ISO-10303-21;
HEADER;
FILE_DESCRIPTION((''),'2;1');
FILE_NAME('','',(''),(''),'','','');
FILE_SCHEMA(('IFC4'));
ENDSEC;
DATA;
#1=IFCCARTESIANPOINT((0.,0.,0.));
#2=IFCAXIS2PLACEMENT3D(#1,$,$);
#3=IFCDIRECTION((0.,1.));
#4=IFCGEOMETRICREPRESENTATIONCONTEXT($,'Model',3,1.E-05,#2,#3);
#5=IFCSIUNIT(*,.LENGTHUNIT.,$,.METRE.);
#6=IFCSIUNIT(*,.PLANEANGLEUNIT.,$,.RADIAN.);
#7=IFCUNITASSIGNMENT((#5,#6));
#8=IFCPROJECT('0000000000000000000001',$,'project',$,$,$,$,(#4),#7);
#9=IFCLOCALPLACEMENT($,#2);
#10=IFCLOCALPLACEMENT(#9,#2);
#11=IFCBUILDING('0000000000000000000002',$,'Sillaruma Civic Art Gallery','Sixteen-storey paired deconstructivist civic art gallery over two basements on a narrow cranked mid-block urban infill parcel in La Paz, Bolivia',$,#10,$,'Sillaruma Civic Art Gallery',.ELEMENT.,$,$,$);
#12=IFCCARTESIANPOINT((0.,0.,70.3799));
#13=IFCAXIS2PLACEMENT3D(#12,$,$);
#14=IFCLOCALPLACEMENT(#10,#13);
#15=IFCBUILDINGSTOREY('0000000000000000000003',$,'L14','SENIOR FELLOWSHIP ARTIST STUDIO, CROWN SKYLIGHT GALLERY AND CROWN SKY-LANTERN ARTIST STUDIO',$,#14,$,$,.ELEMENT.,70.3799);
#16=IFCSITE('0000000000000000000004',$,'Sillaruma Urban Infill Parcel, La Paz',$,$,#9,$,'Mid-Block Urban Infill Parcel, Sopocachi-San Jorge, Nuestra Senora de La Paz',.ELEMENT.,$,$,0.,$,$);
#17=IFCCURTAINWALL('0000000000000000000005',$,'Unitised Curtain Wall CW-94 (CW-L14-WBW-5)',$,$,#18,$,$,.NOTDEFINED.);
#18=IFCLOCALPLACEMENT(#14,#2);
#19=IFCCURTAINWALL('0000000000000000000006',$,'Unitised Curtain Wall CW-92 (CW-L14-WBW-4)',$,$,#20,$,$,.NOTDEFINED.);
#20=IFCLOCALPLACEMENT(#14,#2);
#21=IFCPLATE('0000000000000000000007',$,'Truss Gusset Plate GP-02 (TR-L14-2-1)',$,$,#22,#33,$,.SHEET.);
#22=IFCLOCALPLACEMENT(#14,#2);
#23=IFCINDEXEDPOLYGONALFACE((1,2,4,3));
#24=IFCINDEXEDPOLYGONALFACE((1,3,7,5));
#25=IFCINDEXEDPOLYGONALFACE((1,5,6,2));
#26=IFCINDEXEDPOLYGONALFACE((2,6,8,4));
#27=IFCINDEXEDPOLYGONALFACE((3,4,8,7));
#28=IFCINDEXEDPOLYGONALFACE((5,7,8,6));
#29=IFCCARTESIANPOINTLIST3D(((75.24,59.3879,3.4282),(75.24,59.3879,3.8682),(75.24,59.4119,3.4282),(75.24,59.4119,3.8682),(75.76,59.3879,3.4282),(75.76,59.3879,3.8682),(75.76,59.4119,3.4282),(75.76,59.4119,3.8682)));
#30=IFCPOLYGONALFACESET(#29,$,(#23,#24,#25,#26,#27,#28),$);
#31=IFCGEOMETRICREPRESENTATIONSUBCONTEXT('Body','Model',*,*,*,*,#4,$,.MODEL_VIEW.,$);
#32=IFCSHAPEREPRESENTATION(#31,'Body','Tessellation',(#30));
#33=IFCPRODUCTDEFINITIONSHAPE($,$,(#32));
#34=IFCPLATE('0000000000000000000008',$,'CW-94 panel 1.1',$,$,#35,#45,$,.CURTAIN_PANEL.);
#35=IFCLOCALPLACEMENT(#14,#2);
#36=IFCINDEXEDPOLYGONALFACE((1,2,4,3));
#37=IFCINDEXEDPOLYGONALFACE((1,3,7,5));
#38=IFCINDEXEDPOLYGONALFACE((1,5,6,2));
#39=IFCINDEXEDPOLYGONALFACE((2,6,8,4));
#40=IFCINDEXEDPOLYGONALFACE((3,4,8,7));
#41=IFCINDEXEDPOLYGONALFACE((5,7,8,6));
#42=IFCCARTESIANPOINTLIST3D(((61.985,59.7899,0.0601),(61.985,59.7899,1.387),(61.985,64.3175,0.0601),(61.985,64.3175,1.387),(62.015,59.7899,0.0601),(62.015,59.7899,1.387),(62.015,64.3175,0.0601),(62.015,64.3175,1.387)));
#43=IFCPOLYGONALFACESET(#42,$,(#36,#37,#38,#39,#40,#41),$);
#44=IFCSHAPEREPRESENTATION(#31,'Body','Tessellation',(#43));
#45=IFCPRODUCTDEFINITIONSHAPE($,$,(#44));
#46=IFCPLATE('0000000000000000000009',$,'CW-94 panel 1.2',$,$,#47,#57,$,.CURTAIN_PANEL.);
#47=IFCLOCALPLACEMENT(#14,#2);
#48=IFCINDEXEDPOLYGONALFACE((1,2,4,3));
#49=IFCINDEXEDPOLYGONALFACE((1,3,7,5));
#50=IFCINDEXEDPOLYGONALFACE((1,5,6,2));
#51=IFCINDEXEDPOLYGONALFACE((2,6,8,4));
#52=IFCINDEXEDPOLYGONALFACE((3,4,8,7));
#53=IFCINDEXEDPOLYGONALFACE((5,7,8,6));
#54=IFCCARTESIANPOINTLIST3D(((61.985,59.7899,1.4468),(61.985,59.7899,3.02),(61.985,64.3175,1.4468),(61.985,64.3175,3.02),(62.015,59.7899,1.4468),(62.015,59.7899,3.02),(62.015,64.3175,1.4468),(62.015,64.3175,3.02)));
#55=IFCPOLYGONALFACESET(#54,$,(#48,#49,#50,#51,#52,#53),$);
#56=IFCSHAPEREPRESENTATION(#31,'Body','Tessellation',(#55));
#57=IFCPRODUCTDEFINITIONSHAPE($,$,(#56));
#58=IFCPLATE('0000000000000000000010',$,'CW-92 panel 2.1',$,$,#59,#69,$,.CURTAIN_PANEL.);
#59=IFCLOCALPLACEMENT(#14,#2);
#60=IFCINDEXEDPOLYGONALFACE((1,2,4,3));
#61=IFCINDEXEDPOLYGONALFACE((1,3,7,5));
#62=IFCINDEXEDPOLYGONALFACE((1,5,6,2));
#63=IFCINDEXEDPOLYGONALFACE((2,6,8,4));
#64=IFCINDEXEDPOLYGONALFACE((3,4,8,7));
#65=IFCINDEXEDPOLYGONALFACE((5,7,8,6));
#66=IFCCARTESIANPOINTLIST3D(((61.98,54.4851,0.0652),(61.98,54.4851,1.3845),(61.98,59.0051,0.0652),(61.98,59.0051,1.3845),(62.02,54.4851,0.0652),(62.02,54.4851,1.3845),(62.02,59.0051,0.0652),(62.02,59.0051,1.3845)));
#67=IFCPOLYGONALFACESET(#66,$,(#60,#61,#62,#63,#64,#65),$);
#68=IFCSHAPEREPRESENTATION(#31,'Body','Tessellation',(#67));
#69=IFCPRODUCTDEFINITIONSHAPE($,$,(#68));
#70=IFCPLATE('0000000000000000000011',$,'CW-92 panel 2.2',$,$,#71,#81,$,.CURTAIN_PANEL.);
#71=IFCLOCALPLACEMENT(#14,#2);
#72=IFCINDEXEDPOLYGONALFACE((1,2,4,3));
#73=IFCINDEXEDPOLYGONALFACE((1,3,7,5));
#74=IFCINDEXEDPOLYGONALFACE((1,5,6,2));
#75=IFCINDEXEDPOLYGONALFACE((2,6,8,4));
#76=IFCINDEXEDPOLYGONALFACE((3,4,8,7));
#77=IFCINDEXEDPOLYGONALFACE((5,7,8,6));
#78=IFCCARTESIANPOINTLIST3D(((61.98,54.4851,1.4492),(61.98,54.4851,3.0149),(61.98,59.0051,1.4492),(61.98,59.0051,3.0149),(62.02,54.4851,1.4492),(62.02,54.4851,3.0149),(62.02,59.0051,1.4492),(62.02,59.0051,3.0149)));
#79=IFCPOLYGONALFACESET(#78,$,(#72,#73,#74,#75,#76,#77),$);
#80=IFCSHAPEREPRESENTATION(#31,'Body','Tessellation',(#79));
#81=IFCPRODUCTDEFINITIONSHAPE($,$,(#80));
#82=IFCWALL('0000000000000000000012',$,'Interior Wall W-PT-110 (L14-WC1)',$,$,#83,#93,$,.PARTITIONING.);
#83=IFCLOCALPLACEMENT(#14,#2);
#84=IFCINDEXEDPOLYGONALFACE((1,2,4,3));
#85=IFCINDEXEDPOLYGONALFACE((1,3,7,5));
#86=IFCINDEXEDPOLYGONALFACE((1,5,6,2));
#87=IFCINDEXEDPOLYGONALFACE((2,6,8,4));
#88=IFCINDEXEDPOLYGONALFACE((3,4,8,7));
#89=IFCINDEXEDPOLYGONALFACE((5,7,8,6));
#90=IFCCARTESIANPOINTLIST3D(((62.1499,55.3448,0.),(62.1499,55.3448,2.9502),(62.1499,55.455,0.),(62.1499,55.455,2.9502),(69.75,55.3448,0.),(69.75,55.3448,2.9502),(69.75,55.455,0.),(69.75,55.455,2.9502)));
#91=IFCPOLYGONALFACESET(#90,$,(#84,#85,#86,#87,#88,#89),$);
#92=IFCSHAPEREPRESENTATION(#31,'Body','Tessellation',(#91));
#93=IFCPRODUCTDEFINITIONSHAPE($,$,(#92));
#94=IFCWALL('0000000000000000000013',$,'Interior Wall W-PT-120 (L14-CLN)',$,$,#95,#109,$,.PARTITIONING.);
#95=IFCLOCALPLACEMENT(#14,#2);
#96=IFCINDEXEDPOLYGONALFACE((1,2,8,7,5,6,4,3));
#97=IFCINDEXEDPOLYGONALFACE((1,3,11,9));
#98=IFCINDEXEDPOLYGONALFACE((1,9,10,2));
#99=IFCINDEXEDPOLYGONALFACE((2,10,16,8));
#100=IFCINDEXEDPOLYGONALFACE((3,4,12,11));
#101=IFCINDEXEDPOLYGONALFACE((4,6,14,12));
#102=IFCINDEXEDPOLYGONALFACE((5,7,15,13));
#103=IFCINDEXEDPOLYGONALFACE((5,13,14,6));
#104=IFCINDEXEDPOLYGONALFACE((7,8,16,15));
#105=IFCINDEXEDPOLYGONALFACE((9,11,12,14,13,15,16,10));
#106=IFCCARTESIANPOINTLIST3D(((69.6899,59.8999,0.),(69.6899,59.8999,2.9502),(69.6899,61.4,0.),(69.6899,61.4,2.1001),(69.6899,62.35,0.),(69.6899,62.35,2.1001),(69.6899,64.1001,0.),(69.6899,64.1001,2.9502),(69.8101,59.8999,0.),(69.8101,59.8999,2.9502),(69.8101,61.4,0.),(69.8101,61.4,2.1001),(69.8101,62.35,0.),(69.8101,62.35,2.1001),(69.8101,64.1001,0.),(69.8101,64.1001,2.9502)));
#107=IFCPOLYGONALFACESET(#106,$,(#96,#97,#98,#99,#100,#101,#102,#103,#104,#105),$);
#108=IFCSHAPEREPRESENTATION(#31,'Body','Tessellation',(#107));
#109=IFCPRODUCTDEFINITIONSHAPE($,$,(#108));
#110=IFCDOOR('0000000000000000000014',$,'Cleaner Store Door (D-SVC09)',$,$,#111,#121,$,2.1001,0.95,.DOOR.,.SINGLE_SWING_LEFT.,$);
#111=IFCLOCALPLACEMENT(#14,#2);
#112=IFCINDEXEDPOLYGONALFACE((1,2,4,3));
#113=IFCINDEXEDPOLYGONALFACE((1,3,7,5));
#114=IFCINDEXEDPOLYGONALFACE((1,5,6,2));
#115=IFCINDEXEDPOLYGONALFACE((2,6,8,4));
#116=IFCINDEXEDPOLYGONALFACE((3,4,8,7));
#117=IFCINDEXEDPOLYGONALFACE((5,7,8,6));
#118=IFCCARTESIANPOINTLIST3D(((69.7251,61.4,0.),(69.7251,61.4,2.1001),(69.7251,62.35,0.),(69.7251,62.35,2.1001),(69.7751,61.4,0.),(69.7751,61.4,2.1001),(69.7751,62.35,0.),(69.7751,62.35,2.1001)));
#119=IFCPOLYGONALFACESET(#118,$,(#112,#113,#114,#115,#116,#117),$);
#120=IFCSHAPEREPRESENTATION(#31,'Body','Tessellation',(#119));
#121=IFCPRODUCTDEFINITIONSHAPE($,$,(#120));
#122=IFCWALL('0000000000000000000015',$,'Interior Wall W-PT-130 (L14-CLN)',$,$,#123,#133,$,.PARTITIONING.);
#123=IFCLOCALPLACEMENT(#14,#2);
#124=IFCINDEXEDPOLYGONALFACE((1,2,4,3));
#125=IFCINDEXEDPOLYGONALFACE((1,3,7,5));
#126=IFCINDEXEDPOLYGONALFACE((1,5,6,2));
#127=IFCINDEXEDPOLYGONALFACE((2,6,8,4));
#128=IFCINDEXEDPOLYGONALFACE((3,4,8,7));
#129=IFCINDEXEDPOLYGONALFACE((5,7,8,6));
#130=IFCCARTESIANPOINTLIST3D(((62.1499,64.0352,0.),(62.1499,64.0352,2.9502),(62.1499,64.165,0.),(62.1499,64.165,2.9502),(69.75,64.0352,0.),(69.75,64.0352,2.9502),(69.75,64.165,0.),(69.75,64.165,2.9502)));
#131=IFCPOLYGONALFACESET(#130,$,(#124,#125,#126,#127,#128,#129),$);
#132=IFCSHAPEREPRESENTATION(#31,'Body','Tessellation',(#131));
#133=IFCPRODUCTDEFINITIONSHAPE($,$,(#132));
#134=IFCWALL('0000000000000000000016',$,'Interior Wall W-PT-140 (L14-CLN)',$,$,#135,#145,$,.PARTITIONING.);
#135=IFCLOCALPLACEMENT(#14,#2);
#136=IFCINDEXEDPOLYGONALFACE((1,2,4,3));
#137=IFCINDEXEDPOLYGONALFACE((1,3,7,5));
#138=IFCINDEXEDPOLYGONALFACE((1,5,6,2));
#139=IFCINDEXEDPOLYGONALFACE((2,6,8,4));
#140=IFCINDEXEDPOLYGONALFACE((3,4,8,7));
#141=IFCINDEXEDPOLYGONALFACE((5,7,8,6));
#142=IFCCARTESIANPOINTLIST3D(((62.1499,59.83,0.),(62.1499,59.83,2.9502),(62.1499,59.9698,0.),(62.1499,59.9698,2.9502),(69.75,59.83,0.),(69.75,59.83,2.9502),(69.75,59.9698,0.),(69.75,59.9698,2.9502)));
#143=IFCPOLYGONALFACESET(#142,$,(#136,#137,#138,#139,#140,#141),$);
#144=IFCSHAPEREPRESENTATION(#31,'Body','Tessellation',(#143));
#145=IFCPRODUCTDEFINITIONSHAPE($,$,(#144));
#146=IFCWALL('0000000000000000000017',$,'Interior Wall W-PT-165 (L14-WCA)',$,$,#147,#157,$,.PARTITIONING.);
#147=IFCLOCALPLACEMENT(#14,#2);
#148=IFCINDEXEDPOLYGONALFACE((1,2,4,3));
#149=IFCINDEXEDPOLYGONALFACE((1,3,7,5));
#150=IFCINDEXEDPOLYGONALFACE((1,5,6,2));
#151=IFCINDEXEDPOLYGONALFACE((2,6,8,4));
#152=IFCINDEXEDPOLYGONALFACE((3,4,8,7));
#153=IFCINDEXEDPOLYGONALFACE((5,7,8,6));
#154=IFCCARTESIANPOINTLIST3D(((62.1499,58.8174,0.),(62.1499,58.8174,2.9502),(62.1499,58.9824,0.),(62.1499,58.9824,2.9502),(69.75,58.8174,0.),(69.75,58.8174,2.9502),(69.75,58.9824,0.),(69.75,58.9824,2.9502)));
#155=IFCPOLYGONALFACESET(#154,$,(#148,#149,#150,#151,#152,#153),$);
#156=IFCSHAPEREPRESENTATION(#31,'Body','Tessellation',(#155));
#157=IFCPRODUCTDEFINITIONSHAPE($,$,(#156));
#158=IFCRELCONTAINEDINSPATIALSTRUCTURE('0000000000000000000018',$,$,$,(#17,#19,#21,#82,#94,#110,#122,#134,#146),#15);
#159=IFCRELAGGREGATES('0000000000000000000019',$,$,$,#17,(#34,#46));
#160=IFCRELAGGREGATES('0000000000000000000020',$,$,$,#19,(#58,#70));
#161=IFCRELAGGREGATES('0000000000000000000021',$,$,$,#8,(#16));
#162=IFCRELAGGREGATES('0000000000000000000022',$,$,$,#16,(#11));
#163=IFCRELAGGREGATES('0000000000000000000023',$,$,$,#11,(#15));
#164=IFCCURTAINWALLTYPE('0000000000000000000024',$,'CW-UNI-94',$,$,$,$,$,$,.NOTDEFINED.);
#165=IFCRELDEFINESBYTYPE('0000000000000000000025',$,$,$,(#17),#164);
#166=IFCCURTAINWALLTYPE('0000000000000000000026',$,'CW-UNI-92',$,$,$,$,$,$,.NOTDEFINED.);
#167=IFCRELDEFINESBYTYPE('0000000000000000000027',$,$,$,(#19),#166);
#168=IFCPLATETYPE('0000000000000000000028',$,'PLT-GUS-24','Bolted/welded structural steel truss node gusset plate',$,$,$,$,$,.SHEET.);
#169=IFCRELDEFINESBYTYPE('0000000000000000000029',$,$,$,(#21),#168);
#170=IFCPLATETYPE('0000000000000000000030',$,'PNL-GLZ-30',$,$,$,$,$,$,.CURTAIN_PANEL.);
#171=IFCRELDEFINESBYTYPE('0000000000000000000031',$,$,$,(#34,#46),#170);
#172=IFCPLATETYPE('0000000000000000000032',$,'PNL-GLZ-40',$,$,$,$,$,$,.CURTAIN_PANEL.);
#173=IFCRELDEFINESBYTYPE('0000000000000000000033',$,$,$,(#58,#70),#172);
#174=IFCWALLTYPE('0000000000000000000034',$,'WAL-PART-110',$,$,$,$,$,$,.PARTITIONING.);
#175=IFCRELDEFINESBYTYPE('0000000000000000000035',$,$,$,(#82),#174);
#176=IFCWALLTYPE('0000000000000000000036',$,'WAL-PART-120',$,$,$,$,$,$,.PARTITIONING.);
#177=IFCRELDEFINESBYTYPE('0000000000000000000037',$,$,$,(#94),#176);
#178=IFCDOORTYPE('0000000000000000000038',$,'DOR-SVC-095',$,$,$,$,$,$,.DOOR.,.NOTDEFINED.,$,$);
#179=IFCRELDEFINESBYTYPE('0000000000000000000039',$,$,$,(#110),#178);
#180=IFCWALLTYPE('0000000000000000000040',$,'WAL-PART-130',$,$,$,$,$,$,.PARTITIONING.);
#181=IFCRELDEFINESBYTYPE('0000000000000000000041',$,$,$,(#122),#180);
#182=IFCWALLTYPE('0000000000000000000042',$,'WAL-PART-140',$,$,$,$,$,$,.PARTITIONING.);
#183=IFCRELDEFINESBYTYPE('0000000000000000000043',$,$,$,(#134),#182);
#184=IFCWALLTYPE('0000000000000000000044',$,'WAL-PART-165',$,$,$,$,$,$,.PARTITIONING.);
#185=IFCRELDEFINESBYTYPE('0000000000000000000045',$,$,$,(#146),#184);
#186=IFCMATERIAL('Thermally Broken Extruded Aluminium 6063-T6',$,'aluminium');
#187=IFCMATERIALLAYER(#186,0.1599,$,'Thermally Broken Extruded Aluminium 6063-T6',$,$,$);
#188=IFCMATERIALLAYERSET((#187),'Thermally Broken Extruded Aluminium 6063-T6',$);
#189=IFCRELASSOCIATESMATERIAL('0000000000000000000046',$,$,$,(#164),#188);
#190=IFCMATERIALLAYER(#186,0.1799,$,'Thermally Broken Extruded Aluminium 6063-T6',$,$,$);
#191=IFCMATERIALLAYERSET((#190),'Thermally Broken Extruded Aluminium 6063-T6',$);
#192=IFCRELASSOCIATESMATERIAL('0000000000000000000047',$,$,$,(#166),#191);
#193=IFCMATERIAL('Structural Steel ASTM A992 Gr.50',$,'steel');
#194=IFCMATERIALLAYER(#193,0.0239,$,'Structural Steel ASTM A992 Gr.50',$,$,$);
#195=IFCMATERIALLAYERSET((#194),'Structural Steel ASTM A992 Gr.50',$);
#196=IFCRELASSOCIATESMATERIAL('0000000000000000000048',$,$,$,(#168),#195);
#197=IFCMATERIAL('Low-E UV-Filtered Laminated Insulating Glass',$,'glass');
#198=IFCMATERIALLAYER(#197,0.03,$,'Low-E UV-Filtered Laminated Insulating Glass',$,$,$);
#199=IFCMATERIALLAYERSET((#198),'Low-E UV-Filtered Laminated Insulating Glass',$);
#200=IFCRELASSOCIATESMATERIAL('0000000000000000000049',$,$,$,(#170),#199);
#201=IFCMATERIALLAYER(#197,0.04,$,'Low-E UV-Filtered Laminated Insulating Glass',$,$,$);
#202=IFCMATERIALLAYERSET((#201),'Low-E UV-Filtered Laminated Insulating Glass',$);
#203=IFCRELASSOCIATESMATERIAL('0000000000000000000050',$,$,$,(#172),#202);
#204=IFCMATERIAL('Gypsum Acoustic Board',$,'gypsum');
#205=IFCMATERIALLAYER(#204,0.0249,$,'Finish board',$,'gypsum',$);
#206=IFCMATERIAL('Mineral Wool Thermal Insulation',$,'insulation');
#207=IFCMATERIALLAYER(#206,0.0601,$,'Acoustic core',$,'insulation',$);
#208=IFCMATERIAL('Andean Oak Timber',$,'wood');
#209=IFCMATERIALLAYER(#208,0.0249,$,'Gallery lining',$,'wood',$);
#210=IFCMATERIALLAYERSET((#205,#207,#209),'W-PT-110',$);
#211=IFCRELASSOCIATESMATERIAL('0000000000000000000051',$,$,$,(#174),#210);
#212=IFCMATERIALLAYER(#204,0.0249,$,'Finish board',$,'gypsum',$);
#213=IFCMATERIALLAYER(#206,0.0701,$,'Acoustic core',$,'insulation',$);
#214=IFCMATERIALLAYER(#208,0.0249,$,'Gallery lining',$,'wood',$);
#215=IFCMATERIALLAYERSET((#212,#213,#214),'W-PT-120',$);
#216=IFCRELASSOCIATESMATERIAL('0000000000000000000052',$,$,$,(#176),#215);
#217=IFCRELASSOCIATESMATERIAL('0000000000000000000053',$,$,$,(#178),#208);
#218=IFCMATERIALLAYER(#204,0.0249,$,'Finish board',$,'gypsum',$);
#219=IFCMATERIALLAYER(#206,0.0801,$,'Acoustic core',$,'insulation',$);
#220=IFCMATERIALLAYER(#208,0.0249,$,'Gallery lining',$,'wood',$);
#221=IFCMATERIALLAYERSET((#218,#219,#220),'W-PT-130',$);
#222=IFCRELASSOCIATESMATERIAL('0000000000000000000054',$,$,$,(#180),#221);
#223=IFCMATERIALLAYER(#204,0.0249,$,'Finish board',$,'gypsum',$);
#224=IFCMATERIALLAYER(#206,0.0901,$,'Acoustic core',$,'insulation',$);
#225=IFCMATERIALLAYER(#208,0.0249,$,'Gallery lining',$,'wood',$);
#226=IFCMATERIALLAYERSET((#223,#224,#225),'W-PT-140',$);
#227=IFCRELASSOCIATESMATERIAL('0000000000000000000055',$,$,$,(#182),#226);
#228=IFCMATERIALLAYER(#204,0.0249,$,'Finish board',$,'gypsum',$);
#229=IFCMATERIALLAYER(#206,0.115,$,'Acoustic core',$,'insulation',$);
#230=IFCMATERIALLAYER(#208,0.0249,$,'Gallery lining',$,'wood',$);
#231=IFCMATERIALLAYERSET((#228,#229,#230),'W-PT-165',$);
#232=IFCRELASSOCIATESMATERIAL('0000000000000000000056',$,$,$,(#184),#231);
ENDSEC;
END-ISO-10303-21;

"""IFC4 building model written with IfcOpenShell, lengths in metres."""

from ifc_helpers import new_model, si_unit, direction, frame, frame_2d, origin, origin_2d, place, context, subcontext, project, spatial, rectangle, extrude, material, layer, layer_set, type_object, element, fill, aggregate, save


model = new_model("IFC4")

# Units and contexts
model_context = context("Model", 3, precision=1e-05, world=origin(), true_north=direction((0.0, 1.0)))
body_context = subcontext(model_context, "Body", "Model", "MODEL_VIEW")
ifc_project = project(units=[si_unit("LENGTHUNIT", "METRE"), si_unit("PLANEANGLEUNIT", "RADIAN")], contexts=[model_context])

# Site, building, storey
site_placement = place(None, origin())
site = spatial("IfcSite", under=ifc_project, at=site_placement, Name="Sillaruma Urban Infill Parcel, La Paz", LongName="Mid-Block Urban Infill Parcel, Sopocachi-San Jorge, Nuestra Senora de La Paz", CompositionType="ELEMENT", RefElevation=0.0)
building_placement = place(site_placement, origin())
building = spatial("IfcBuilding", under=site, at=building_placement, Name="Sillaruma Civic Art Gallery", Description="Sixteen-storey paired deconstructivist civic art gallery over two basements on a narrow cranked mid-block urban infill parcel in La Paz, Bolivia", LongName="Sillaruma Civic Art Gallery", CompositionType="ELEMENT")
storey_placement = place(building_placement, frame((0.0, 0.0, 70.3799)))
storey = spatial("IfcBuildingStorey", under=building, at=storey_placement, Name="L14", Description="SENIOR FELLOWSHIP ARTIST STUDIO, CROWN SKYLIGHT GALLERY AND CROWN SKY-LANTERN ARTIST STUDIO", CompositionType="ELEMENT", Elevation=70.3799)

# Shared definitions
ifc_material_1 = material(Name="Structural Steel ASTM A992 Gr.50", Category="steel")

# Curtain wall
ifc_material_2 = material(Name="Thermally Broken Extruded Aluminium 6063-T6", Category="aluminium")
ifc_layer_1 = layer(ifc_material_2, 0.1599, Name="Thermally Broken Extruded Aluminium 6063-T6")
ifc_layer_set_1 = layer_set([ifc_layer_1], Name="Thermally Broken Extruded Aluminium 6063-T6")
curtain_wall_type_1 = type_object("IfcCurtainWallType", Name="CW-UNI-94", PredefinedType="NOTDEFINED", material=ifc_layer_set_1)
curtain_wall_1_placement = place(storey_placement, origin())
curtain_wall_1 = element("IfcCurtainWall", 1, at=curtain_wall_1_placement, inside=storey, type_object=curtain_wall_type_1, Name="Unitised Curtain Wall CW-94 (CW-L14-WBW-5)", PredefinedType="NOTDEFINED")

# Curtain wall
ifc_layer_2 = layer(ifc_material_2, 0.1799, Name="Thermally Broken Extruded Aluminium 6063-T6")
ifc_layer_set_2 = layer_set([ifc_layer_2], Name="Thermally Broken Extruded Aluminium 6063-T6")
curtain_wall_type_2 = type_object("IfcCurtainWallType", Name="CW-UNI-92", PredefinedType="NOTDEFINED", material=ifc_layer_set_2)
curtain_wall_2_placement = place(storey_placement, origin())
curtain_wall_2 = element("IfcCurtainWall", 2, at=curtain_wall_2_placement, inside=storey, type_object=curtain_wall_type_2, Name="Unitised Curtain Wall CW-92 (CW-L14-WBW-4)", PredefinedType="NOTDEFINED")

# Plates
ifc_layer_3 = layer(ifc_material_1, 0.0239, Name="Structural Steel ASTM A992 Gr.50")
ifc_layer_set_3 = layer_set([ifc_layer_3], Name="Structural Steel ASTM A992 Gr.50")
plate_type_1 = type_object("IfcPlateType", Name="PLT-GUS-24", Description="Bolted/welded structural steel truss node gusset plate", PredefinedType="SHEET", material=ifc_layer_set_3)
plate_1_placement = place(storey_placement, frame((75.5, 59.3999, 3.4282), z_axis=(0.0, 0.0, 1.0), x_axis=(1.0, 0.0, 0.0)))
element("IfcPlate", 3, at=plate_1_placement, inside=storey, type_object=plate_type_1, Name="Truss Gusset Plate GP-02 (TR-L14-2-1)", PredefinedType="SHEET", context=body_context, shape_type="SweptSolid", body=[
    extrude(rectangle(XDim=0.52, YDim=0.0239, at=origin_2d()), origin(), (0.0, 0.0, 1.0), 0.4399),
])
ifc_material_3 = material(Name="Low-E UV-Filtered Laminated Insulating Glass", Category="glass")
ifc_layer_4 = layer(ifc_material_3, 0.03, Name="Low-E UV-Filtered Laminated Insulating Glass")
ifc_layer_set_4 = layer_set([ifc_layer_4], Name="Low-E UV-Filtered Laminated Insulating Glass")
plate_type_2 = type_object("IfcPlateType", Name="PNL-GLZ-30", PredefinedType="CURTAIN_PANEL", material=ifc_layer_set_4)
plate_2_placement = place(storey_placement, frame((62.0, 62.0537, 0.0601), z_axis=(0.0, 0.0, 1.0), x_axis=(0.0, 1.0, 0.0)))
plate_2 = element("IfcPlate", 4, at=plate_2_placement, type_object=plate_type_2, Name="CW-94 panel 1.1", PredefinedType="CURTAIN_PANEL", context=body_context, shape_type="SweptSolid", body=[
    extrude(rectangle(XDim=4.5276, YDim=0.03, at=origin_2d()), origin(), (0.0, 0.0, 1.0), 1.3269),
])
plate_3_placement = place(storey_placement, frame((62.0, 62.0537, 1.4468), z_axis=(0.0, 0.0, 1.0), x_axis=(0.0, 1.0, 0.0)))
plate_3 = element("IfcPlate", 5, at=plate_3_placement, type_object=plate_type_2, Name="CW-94 panel 1.2", PredefinedType="CURTAIN_PANEL", context=body_context, shape_type="SweptSolid", body=[
    extrude(rectangle(XDim=4.5276, YDim=0.03, at=origin_2d()), origin(), (0.0, 0.0, 1.0), 1.5732),
])
aggregate(curtain_wall_1, [plate_2, plate_3])
ifc_layer_5 = layer(ifc_material_3, 0.04, Name="Low-E UV-Filtered Laminated Insulating Glass")
ifc_layer_set_5 = layer_set([ifc_layer_5], Name="Low-E UV-Filtered Laminated Insulating Glass")
plate_type_3 = type_object("IfcPlateType", Name="PNL-GLZ-40", PredefinedType="CURTAIN_PANEL", material=ifc_layer_set_5)
plate_4_placement = place(storey_placement, frame((62.0, 56.7451, 0.0652), z_axis=(0.0, 0.0, 1.0), x_axis=(0.0, 1.0, 0.0)))
plate_4 = element("IfcPlate", 6, at=plate_4_placement, type_object=plate_type_3, Name="CW-92 panel 2.1", PredefinedType="CURTAIN_PANEL", context=body_context, shape_type="SweptSolid", body=[
    extrude(rectangle(XDim=4.52, YDim=0.04, at=origin_2d()), origin(), (0.0, 0.0, 1.0), 1.3193),
])
plate_5_placement = place(storey_placement, frame((62.0, 56.7451, 1.4492), z_axis=(0.0, 0.0, 1.0), x_axis=(0.0, 1.0, 0.0)))
plate_5 = element("IfcPlate", 7, at=plate_5_placement, type_object=plate_type_3, Name="CW-92 panel 2.2", PredefinedType="CURTAIN_PANEL", context=body_context, shape_type="SweptSolid", body=[
    extrude(rectangle(XDim=4.52, YDim=0.04, at=origin_2d()), origin(), (0.0, 0.0, 1.0), 1.5657),
])
aggregate(curtain_wall_2, [plate_4, plate_5])

# Wall
ifc_material_4 = material(Name="Gypsum Acoustic Board", Category="gypsum")
ifc_layer_6 = layer(ifc_material_4, 0.0249, Name="Finish board", Category="gypsum")
ifc_material_5 = material(Name="Mineral Wool Thermal Insulation", Category="insulation")
ifc_layer_7 = layer(ifc_material_5, 0.0601, Name="Acoustic core", Category="insulation")
ifc_material_6 = material(Name="Andean Oak Timber", Category="wood")
ifc_layer_8 = layer(ifc_material_6, 0.0249, Name="Gallery lining", Category="wood")
ifc_layer_set_6 = layer_set([ifc_layer_6, ifc_layer_7, ifc_layer_8], Name="W-PT-110")
wall_type_1 = type_object("IfcWallType", Name="WAL-PART-110", PredefinedType="PARTITIONING", material=ifc_layer_set_6)
wall_1_placement = place(storey_placement, frame((62.1499, 55.3999, 0.0), z_axis=(0.0, 0.0, 1.0), x_axis=(1.0, 0.0, 0.0)))
element("IfcWall", 8, at=wall_1_placement, inside=storey, type_object=wall_type_1, Name="Interior Wall W-PT-110 (L14-WC1)", PredefinedType="PARTITIONING", context=body_context, shape_type="SweptSolid", body=[
    extrude(rectangle(XDim=7.6001, YDim=0.1101, at=frame_2d((3.8, 0.0))), origin(), (0.0, 0.0, 1.0), 2.9502),
])

# Wall, opening, door
ifc_layer_9 = layer(ifc_material_4, 0.0249, Name="Finish board", Category="gypsum")
ifc_layer_10 = layer(ifc_material_5, 0.0701, Name="Acoustic core", Category="insulation")
ifc_layer_11 = layer(ifc_material_6, 0.0249, Name="Gallery lining", Category="wood")
ifc_layer_set_7 = layer_set([ifc_layer_9, ifc_layer_10, ifc_layer_11], Name="W-PT-120")
wall_type_2 = type_object("IfcWallType", Name="WAL-PART-120", PredefinedType="PARTITIONING", material=ifc_layer_set_7)
wall_2_placement = place(storey_placement, frame((69.75, 59.8999, 0.0), z_axis=(0.0, 0.0, 1.0), x_axis=(0.0, 1.0, 0.0)))
wall_2 = element("IfcWall", 9, at=wall_2_placement, inside=storey, type_object=wall_type_2, Name="Interior Wall W-PT-120 (L14-CLN)", PredefinedType="PARTITIONING", context=body_context, shape_type="SweptSolid", body=[
    extrude(rectangle(XDim=4.2002, YDim=0.1201, at=frame_2d((2.1001, 0.0))), origin(), (0.0, 0.0, 1.0), 2.9502),
])
opening_1_placement = place(wall_2_placement, frame((1.5, 0.0, 0.0)))
opening_1 = element("IfcOpeningElement", 10, at=opening_1_placement, cuts=wall_2, PredefinedType="OPENING", context=body_context, shape_type="SweptSolid", body=[
    extrude(rectangle(XDim=0.95, YDim=2.1001, at=frame_2d((0.4751, 1.05))), frame((0.0, 0.0701, 0.0), z_axis=(0.0, -1.0, 0.0), x_axis=(1.0, 0.0, 0.0)), (0.0, 0.0, 1.0), 0.1401),
])
door_type_1 = type_object("IfcDoorType", Name="DOR-SVC-095", OperationType="NOTDEFINED", PredefinedType="DOOR", material=ifc_material_6)
door_1_placement = place(opening_1_placement, origin())
door_1 = element("IfcDoor", 11, at=door_1_placement, inside=storey, type_object=door_type_1, Name="Cleaner Store Door (D-SVC09)", OperationType="SINGLE_SWING_LEFT", OverallHeight=2.1001, OverallWidth=0.95, PredefinedType="DOOR", context=body_context, shape_type="SweptSolid", body=[
    extrude(rectangle(XDim=0.95, YDim=2.1001, at=frame_2d((0.4751, 1.05))), frame((0.0, 0.0249, 0.0), z_axis=(0.0, -1.0, 0.0), x_axis=(1.0, 0.0, 0.0)), (0.0, 0.0, 1.0), 0.05),
])
fill(opening_1, door_1)

# Walls
ifc_layer_12 = layer(ifc_material_4, 0.0249, Name="Finish board", Category="gypsum")
ifc_layer_13 = layer(ifc_material_5, 0.0801, Name="Acoustic core", Category="insulation")
ifc_layer_14 = layer(ifc_material_6, 0.0249, Name="Gallery lining", Category="wood")
ifc_layer_set_8 = layer_set([ifc_layer_12, ifc_layer_13, ifc_layer_14], Name="W-PT-130")
wall_type_3 = type_object("IfcWallType", Name="WAL-PART-130", PredefinedType="PARTITIONING", material=ifc_layer_set_8)
wall_3_placement = place(storey_placement, frame((62.1499, 64.1001, 0.0), z_axis=(0.0, 0.0, 1.0), x_axis=(1.0, 0.0, 0.0)))
element("IfcWall", 12, at=wall_3_placement, inside=storey, type_object=wall_type_3, Name="Interior Wall W-PT-130 (L14-CLN)", PredefinedType="PARTITIONING", context=body_context, shape_type="SweptSolid", body=[
    extrude(rectangle(XDim=7.6001, YDim=0.1299, at=frame_2d((3.8, 0.0))), origin(), (0.0, 0.0, 1.0), 2.9502),
])
ifc_layer_15 = layer(ifc_material_4, 0.0249, Name="Finish board", Category="gypsum")
ifc_layer_16 = layer(ifc_material_5, 0.0901, Name="Acoustic core", Category="insulation")
ifc_layer_17 = layer(ifc_material_6, 0.0249, Name="Gallery lining", Category="wood")
ifc_layer_set_9 = layer_set([ifc_layer_15, ifc_layer_16, ifc_layer_17], Name="W-PT-140")
wall_type_4 = type_object("IfcWallType", Name="WAL-PART-140", PredefinedType="PARTITIONING", material=ifc_layer_set_9)
wall_4_placement = place(storey_placement, frame((62.1499, 59.8999, 0.0), z_axis=(0.0, 0.0, 1.0), x_axis=(1.0, 0.0, 0.0)))
element("IfcWall", 13, at=wall_4_placement, inside=storey, type_object=wall_type_4, Name="Interior Wall W-PT-140 (L14-CLN)", PredefinedType="PARTITIONING", context=body_context, shape_type="SweptSolid", body=[
    extrude(rectangle(XDim=7.6001, YDim=0.1399, at=frame_2d((3.8, 0.0))), origin(), (0.0, 0.0, 1.0), 2.9502),
])

# Wall
ifc_layer_18 = layer(ifc_material_4, 0.0249, Name="Finish board", Category="gypsum")
ifc_layer_19 = layer(ifc_material_5, 0.115, Name="Acoustic core", Category="insulation")
ifc_layer_20 = layer(ifc_material_6, 0.0249, Name="Gallery lining", Category="wood")
ifc_layer_set_10 = layer_set([ifc_layer_18, ifc_layer_19, ifc_layer_20], Name="W-PT-165")
wall_type_5 = type_object("IfcWallType", Name="WAL-PART-165", PredefinedType="PARTITIONING", material=ifc_layer_set_10)
wall_5_placement = place(storey_placement, frame((62.1499, 58.8999, 0.0), z_axis=(0.0, 0.0, 1.0), x_axis=(1.0, 0.0, 0.0)))
element("IfcWall", 14, at=wall_5_placement, inside=storey, type_object=wall_type_5, Name="Interior Wall W-PT-165 (L14-WCA)", PredefinedType="PARTITIONING", context=body_context, shape_type="SweptSolid", body=[
    extrude(rectangle(XDim=7.6001, YDim=0.165, at=frame_2d((3.8, 0.0))), origin(), (0.0, 0.0, 1.0), 2.9502),
])

save(model, "model.ifc")
